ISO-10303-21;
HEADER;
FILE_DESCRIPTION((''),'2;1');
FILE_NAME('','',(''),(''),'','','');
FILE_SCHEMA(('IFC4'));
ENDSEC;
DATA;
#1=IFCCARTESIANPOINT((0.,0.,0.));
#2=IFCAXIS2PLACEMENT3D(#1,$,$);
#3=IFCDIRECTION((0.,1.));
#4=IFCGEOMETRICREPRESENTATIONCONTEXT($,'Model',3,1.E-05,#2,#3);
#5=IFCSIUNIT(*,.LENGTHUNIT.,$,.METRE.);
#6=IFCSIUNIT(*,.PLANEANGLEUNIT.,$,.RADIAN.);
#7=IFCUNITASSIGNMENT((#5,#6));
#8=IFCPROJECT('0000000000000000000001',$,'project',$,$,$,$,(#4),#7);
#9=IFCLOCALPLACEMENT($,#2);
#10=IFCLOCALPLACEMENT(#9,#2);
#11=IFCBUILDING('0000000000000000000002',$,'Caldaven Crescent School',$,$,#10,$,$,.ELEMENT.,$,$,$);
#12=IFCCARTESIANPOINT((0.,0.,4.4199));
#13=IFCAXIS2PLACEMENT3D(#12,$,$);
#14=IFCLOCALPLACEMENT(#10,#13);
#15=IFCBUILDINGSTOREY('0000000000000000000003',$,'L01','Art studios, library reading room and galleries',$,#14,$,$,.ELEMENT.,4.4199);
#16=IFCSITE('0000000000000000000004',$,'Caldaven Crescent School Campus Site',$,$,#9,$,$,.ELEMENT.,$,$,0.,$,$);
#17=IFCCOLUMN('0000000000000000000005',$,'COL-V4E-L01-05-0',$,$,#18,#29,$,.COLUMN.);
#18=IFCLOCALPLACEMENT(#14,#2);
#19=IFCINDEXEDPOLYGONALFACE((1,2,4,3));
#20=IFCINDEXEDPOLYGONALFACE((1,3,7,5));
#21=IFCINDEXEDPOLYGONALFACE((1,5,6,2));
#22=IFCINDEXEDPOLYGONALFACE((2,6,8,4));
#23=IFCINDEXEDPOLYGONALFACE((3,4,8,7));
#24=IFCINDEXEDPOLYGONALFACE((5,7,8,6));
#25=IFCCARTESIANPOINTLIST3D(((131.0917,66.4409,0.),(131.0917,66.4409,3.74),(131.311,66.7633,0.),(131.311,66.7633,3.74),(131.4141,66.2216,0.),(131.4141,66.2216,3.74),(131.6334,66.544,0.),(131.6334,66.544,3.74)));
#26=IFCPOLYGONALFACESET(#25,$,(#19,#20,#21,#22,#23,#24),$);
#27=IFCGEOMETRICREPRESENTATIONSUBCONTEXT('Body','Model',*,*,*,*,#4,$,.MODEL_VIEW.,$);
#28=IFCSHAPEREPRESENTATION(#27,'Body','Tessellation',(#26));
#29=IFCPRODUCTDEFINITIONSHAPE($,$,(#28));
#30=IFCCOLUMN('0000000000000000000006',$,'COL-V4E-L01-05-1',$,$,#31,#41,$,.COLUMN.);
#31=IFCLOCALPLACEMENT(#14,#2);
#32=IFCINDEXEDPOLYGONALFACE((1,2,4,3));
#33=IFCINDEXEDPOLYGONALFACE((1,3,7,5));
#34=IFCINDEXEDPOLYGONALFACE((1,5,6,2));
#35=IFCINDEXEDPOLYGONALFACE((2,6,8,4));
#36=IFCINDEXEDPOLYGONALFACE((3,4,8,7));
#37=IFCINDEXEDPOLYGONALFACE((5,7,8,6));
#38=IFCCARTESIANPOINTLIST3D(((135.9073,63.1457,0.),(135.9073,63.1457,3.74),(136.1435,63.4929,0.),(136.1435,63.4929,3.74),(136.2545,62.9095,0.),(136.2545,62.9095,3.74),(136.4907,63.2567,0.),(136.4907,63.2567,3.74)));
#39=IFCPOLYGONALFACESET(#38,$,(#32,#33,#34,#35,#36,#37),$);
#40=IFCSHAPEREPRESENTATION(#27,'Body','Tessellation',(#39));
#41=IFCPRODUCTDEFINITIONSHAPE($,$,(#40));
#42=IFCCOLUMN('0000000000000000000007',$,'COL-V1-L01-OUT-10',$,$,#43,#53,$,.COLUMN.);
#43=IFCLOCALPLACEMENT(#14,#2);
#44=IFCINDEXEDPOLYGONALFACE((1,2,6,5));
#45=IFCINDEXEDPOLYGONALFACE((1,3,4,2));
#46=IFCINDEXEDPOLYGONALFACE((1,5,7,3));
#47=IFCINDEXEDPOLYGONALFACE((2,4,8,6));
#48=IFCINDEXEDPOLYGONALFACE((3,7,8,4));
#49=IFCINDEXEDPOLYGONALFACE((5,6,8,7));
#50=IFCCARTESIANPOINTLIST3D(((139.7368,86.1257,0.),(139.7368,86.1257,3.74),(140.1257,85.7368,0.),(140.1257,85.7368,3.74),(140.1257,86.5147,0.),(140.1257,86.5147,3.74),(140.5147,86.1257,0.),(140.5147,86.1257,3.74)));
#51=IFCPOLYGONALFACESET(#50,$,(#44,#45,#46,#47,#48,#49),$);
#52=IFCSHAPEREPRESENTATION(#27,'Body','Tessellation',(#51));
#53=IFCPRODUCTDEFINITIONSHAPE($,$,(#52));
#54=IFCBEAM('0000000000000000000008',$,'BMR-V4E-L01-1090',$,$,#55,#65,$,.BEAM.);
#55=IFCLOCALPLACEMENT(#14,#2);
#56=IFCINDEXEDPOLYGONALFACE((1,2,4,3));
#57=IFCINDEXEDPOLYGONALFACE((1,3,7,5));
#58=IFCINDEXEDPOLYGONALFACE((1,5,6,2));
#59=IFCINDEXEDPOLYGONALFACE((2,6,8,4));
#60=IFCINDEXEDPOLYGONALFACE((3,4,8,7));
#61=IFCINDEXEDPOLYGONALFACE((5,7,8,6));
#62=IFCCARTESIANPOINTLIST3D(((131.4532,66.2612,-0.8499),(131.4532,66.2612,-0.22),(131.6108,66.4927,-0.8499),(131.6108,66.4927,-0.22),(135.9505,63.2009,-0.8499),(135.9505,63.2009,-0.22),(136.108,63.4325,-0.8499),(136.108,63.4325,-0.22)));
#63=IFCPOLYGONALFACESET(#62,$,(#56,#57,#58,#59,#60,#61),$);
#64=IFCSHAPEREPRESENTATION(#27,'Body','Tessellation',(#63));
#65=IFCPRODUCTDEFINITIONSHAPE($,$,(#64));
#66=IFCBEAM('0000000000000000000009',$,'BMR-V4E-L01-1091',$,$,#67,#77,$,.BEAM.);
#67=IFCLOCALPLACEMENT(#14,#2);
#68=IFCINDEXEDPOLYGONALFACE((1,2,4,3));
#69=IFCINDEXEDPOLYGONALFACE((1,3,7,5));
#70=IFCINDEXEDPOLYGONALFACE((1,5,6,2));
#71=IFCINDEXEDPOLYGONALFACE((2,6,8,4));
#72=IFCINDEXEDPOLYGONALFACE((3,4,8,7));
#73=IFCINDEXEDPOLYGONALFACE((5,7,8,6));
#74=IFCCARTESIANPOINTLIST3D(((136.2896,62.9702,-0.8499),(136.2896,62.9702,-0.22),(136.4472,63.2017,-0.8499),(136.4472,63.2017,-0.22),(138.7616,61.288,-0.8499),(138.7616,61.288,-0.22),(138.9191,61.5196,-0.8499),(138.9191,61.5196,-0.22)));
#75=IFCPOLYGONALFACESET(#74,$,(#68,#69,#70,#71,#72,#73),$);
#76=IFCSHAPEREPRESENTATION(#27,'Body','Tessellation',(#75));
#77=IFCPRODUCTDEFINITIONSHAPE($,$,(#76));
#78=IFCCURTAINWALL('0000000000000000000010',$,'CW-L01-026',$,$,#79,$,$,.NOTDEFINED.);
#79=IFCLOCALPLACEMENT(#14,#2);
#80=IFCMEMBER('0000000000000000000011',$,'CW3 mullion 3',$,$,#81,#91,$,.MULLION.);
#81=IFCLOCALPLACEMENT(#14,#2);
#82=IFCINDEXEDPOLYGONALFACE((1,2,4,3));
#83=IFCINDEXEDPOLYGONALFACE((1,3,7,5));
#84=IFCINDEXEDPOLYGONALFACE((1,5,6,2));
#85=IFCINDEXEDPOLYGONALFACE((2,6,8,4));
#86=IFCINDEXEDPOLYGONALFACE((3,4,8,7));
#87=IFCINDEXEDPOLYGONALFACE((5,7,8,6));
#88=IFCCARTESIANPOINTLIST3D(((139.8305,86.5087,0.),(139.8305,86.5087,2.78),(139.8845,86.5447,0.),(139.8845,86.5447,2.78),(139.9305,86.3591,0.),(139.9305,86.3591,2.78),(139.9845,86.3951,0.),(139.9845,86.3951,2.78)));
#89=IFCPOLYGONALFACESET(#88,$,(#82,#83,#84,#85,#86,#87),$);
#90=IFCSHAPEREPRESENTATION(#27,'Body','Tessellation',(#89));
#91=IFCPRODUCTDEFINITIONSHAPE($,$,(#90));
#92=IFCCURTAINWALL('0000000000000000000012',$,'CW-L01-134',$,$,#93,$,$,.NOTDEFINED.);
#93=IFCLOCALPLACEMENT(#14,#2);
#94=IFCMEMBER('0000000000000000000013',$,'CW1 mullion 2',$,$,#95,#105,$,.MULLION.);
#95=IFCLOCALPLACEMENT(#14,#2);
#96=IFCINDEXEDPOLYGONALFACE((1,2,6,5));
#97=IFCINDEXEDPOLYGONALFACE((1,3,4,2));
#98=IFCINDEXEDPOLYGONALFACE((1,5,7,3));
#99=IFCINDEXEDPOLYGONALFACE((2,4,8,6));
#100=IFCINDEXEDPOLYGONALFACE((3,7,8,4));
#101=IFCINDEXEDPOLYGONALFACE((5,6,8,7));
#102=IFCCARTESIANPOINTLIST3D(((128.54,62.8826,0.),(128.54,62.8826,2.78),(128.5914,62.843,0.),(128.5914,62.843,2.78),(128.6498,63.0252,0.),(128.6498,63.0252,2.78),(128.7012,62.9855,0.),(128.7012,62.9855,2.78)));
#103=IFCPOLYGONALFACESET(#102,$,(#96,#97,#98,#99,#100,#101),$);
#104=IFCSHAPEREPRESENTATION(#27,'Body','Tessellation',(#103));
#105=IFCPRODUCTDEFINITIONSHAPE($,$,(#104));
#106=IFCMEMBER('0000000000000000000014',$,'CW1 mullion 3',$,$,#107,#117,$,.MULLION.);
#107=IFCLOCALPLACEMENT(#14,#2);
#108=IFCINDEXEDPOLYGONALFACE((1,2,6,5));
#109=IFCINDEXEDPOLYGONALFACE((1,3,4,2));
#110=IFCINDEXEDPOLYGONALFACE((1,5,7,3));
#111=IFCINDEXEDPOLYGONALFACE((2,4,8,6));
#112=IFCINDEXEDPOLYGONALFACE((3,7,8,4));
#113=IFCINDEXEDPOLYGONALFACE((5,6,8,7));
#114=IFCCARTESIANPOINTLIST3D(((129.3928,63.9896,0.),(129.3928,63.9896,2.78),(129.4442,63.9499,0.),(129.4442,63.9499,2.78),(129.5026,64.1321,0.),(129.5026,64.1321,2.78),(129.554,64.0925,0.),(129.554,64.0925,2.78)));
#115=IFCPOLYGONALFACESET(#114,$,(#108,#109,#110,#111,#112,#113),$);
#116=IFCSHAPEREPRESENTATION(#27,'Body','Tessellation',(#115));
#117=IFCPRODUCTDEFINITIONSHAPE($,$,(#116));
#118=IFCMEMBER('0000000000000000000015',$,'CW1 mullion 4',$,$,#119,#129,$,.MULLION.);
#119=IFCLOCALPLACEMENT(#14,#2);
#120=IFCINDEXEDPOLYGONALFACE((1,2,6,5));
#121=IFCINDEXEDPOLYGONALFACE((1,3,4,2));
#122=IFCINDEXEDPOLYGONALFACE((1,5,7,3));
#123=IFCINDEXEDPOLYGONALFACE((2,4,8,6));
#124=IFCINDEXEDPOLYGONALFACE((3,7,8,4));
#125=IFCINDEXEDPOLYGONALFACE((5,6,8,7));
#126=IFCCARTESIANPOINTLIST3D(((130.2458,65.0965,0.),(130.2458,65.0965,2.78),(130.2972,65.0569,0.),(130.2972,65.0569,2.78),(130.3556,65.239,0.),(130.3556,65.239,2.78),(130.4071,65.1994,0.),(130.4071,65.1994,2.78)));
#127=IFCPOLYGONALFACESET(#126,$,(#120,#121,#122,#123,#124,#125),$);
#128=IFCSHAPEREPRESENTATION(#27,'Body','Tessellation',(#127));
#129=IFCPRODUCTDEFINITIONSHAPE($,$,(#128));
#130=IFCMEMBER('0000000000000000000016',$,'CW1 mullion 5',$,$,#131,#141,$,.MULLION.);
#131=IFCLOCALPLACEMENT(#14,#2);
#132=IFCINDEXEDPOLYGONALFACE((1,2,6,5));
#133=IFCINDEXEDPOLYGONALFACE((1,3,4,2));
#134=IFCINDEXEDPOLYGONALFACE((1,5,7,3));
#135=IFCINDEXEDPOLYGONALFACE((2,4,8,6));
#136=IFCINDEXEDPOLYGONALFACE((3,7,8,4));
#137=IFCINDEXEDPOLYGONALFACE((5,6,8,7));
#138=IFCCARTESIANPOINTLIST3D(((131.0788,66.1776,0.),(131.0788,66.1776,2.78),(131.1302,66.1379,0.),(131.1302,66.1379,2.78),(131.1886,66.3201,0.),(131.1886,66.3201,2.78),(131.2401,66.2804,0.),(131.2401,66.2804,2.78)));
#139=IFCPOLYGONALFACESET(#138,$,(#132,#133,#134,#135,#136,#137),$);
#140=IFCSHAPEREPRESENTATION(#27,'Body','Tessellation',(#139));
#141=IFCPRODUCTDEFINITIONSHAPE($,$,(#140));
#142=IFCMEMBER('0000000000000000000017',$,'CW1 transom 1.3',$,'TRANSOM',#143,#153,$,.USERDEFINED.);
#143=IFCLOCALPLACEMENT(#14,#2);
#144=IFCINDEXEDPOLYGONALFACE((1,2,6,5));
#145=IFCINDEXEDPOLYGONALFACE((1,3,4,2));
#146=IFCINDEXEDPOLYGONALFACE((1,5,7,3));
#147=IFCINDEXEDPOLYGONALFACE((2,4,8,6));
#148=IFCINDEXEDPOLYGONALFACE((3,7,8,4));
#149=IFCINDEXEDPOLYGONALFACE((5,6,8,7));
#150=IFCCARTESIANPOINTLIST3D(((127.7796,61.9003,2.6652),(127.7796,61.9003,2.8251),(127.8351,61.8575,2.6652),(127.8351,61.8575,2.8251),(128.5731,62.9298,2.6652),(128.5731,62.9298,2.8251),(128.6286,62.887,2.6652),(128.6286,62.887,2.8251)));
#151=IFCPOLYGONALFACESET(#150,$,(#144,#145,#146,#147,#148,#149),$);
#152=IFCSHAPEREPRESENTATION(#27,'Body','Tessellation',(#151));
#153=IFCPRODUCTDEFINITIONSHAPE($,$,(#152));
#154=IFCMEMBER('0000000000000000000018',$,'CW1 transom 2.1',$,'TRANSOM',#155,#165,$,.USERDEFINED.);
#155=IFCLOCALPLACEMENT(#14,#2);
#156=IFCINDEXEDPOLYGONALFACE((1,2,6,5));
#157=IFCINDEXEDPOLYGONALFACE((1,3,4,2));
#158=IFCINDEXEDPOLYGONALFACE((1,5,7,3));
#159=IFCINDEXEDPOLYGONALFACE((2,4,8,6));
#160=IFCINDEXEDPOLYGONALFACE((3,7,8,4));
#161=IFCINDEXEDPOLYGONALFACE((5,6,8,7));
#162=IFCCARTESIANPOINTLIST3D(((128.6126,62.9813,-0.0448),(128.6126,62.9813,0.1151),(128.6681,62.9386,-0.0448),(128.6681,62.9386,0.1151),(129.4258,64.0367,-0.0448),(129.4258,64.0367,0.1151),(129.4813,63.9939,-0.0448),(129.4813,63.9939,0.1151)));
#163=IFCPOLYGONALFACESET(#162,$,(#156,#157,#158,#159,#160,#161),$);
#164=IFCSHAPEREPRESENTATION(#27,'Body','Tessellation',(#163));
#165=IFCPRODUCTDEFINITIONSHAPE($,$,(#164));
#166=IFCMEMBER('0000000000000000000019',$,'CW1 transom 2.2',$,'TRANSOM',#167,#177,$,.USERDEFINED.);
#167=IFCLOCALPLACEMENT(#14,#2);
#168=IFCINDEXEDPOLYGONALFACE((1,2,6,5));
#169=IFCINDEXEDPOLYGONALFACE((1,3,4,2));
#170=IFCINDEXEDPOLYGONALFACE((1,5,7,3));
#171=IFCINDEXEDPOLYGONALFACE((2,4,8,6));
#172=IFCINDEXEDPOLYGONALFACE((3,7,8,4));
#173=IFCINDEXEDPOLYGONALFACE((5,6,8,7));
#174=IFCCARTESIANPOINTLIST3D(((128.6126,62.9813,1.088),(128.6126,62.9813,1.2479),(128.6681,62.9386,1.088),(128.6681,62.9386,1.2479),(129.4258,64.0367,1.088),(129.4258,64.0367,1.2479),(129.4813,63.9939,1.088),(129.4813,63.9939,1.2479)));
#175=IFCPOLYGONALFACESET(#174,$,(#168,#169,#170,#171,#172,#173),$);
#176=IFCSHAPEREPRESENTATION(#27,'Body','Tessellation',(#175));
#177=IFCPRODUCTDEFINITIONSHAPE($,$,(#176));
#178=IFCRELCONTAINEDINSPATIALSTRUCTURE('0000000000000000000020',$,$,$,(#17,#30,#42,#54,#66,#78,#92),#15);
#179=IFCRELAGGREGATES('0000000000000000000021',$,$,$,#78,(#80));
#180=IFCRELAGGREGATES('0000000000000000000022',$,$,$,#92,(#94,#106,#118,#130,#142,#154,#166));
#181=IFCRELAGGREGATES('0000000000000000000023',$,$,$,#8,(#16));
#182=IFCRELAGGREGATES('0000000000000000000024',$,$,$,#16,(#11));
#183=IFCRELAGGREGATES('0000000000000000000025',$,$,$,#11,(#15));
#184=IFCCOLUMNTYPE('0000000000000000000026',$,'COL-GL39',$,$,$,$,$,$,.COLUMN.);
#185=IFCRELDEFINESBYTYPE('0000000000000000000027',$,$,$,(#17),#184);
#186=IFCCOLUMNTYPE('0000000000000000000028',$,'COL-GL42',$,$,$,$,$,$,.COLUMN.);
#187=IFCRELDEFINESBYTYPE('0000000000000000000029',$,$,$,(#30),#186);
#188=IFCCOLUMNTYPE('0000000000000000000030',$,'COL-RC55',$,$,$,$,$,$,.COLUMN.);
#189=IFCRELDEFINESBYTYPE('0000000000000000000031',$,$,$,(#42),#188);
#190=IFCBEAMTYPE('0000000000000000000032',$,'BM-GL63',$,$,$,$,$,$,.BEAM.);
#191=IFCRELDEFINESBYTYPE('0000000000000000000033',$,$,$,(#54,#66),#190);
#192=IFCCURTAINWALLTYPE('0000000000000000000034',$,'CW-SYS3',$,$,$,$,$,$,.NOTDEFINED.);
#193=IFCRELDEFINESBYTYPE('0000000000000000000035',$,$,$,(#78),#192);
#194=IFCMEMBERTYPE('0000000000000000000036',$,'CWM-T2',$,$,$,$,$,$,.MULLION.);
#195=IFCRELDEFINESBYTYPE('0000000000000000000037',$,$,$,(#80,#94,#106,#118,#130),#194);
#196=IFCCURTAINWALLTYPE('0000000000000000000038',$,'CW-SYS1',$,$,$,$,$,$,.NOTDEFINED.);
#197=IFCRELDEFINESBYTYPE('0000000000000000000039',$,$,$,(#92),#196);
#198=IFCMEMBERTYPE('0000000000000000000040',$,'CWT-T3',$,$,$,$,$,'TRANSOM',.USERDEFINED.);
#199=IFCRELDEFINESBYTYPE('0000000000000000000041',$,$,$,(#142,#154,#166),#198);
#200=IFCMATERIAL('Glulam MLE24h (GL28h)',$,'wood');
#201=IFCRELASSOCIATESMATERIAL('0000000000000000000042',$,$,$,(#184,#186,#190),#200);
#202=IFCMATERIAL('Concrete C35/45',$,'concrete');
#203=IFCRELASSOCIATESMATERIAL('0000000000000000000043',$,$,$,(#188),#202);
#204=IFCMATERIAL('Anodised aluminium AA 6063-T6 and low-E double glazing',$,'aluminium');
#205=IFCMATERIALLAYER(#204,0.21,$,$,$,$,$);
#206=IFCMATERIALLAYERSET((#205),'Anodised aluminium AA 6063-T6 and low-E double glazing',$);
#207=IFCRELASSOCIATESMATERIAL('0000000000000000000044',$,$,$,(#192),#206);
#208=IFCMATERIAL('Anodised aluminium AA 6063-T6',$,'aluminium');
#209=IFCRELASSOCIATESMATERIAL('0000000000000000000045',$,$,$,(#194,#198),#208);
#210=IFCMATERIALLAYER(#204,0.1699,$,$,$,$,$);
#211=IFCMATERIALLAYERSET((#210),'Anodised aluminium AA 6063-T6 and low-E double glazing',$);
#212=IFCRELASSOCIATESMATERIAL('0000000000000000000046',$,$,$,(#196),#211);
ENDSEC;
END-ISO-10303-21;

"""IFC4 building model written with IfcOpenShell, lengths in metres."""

from ifc_helpers import new_model, si_unit, direction, frame, origin, origin_2d, place, context, subcontext, project, spatial, rectangle, extrude, material, layer, layer_set, material_profile, profile_set, type_object, element, aggregate, save


model = new_model("IFC4")

# Units and contexts
model_context = context("Model", 3, precision=1e-05, world=origin(), true_north=direction((0.0, 1.0)))
body_context = subcontext(model_context, "Body", "Model", "MODEL_VIEW")
ifc_project = project(units=[si_unit("LENGTHUNIT", "METRE"), si_unit("PLANEANGLEUNIT", "RADIAN")], contexts=[model_context])

# Site, building, storey
site_placement = place(None, origin())
site = spatial("IfcSite", under=ifc_project, at=site_placement, Name="Caldaven Crescent School Campus Site", CompositionType="ELEMENT", RefElevation=0.0)
building_placement = place(site_placement, origin())
building = spatial("IfcBuilding", under=site, at=building_placement, Name="Caldaven Crescent School", CompositionType="ELEMENT")
storey_placement = place(building_placement, frame((0.0, 0.0, 4.4199)))
storey = spatial("IfcBuildingStorey", under=building, at=storey_placement, Name="L01", Description="Art studios, library reading room and galleries", CompositionType="ELEMENT", Elevation=4.4199)

# Columns
ifc_material_1 = material(Name="Glulam MLE24h (GL28h)", Category="wood")
ifc_material_profile_1 = material_profile(ifc_material_1, rectangle(XDim=0.3899, YDim=0.3899, at=origin_2d()), Name="MLE 390x390")
ifc_profile_set_1 = profile_set([ifc_material_profile_1], Name="Glulam MLE24h (GL28h)")
column_type_1 = type_object("IfcColumnType", Name="COL-GL39", PredefinedType="COLUMN", material=ifc_profile_set_1)
column_1_placement = place(storey_placement, frame((131.3625, 66.4924, 0.0), z_axis=(0.0, 0.0, 1.0), x_axis=(0.826786, -0.562516, 0.0)))
element("IfcColumn", 1, at=column_1_placement, inside=storey, type_object=column_type_1, Name="COL-V4E-L01-05-0", PredefinedType="COLUMN", context=body_context, shape_type="SweptSolid", body=[
    extrude(rectangle(XDim=0.3899, YDim=0.3899, at=origin_2d()), origin(), (0.0, 0.0, 1.0), 3.74),
])
ifc_material_profile_2 = material_profile(ifc_material_1, rectangle(XDim=0.4199, YDim=0.4199, at=origin_2d()), Name="MLE 420x420")
ifc_profile_set_2 = profile_set([ifc_material_profile_2], Name="Glulam MLE24h (GL28h)")
column_type_2 = type_object("IfcColumnType", Name="COL-GL42", PredefinedType="COLUMN", material=ifc_profile_set_2)
column_2_placement = place(storey_placement, frame((136.199, 63.2012, 0.0), z_axis=(0.0, 0.0, 1.0), x_axis=(0.826786, -0.562516, 0.0)))
element("IfcColumn", 2, at=column_2_placement, inside=storey, type_object=column_type_2, Name="COL-V4E-L01-05-1", PredefinedType="COLUMN", context=body_context, shape_type="SweptSolid", body=[
    extrude(rectangle(XDim=0.4199, YDim=0.4199, at=origin_2d()), origin(), (0.0, 0.0, 1.0), 3.74),
])
ifc_material_2 = material(Name="Concrete C35/45", Category="concrete")
ifc_material_profile_3 = material_profile(ifc_material_2, rectangle(XDim=0.55, YDim=0.55, at=origin_2d()), Name="RC 550x550")
ifc_profile_set_3 = profile_set([ifc_material_profile_3], Name="Concrete C35/45")
column_type_3 = type_object("IfcColumnType", Name="COL-RC55", PredefinedType="COLUMN", material=ifc_profile_set_3)
column_3_placement = place(storey_placement, frame((140.1257, 86.1257, 0.0), z_axis=(0.0, 0.0, 1.0), x_axis=(-0.707107, -0.707107, 0.0)))
element("IfcColumn", 3, at=column_3_placement, inside=storey, type_object=column_type_3, Name="COL-V1-L01-OUT-10", PredefinedType="COLUMN", context=body_context, shape_type="SweptSolid", body=[
    extrude(rectangle(XDim=0.55, YDim=0.55, at=origin_2d()), origin(), (0.0, 0.0, 1.0), 3.74),
])

# Beams
ifc_material_profile_4 = material_profile(ifc_material_1, rectangle(XDim=0.28, YDim=0.6299, at=origin_2d()), Name="MLE 280x630")
ifc_profile_set_4 = profile_set([ifc_material_profile_4], Name="Glulam MLE24h (GL28h)")
beam_type_1 = type_object("IfcBeamType", Name="BM-GL63", PredefinedType="BEAM", material=ifc_profile_set_4)
beam_1_placement = place(storey_placement, frame((131.532, 66.377, -0.5349), z_axis=(0.826744, -0.562578, 0.0), x_axis=(0.562578, 0.826744, 0.0)))
element("IfcBeam", 4, at=beam_1_placement, inside=storey, type_object=beam_type_1, Name="BMR-V4E-L01-1090", PredefinedType="BEAM", context=body_context, shape_type="SweptSolid", body=[
    extrude(rectangle(XDim=0.28, YDim=0.6299, at=origin_2d()), origin(), (0.0, 0.0, 1.0), 5.4397),
])
beam_2_placement = place(storey_placement, frame((136.3684, 63.0859, -0.5349), z_axis=(0.826737, -0.562589, 0.0), x_axis=(0.562589, 0.826737, 0.0)))
element("IfcBeam", 5, at=beam_2_placement, inside=storey, type_object=beam_type_1, Name="BMR-V4E-L01-1091", PredefinedType="BEAM", context=body_context, shape_type="SweptSolid", body=[
    extrude(rectangle(XDim=0.28, YDim=0.6299, at=origin_2d()), origin(), (0.0, 0.0, 1.0), 2.99),
])

# Curtain wall, member
ifc_material_3 = material(Name="Anodised aluminium AA 6063-T6 and low-E double glazing", Category="aluminium")
ifc_layer_1 = layer(ifc_material_3, 0.21)
ifc_layer_set_1 = layer_set([ifc_layer_1], Name="Anodised aluminium AA 6063-T6 and low-E double glazing")
curtain_wall_type_1 = type_object("IfcCurtainWallType", Name="CW-SYS3", PredefinedType="NOTDEFINED", material=ifc_layer_set_1)
curtain_wall_1_placement = place(storey_placement, origin())
curtain_wall_1 = element("IfcCurtainWall", 6, at=curtain_wall_1_placement, inside=storey, type_object=curtain_wall_type_1, Name="CW-L01-026", PredefinedType="NOTDEFINED")
ifc_material_4 = material(Name="Anodised aluminium AA 6063-T6", Category="aluminium")
ifc_material_profile_5 = material_profile(ifc_material_4, rectangle(XDim=0.0649, YDim=0.1799, at=origin_2d()), Name="CWM 65x180")
ifc_profile_set_5 = profile_set([ifc_material_profile_5], Name="Anodised aluminium AA 6063-T6")
member_type_1 = type_object("IfcMemberType", Name="CWM-T2", PredefinedType="MULLION", material=ifc_profile_set_5)
member_1_placement = place(storey_placement, frame((139.9075, 86.4519, 0.0), z_axis=(0.0, 0.0, 1.0), x_axis=(0.831469, 0.555572, 0.0)))
member_1 = element("IfcMember", 7, at=member_1_placement, type_object=member_type_1, Name="CW3 mullion 3", PredefinedType="MULLION", context=body_context, shape_type="SweptSolid", body=[
    extrude(rectangle(XDim=0.0649, YDim=0.1799, at=origin_2d()), origin(), (0.0, 0.0, 1.0), 2.78),
])

# Curtain wall, members
ifc_layer_2 = layer(ifc_material_3, 0.1699)
ifc_layer_set_2 = layer_set([ifc_layer_2], Name="Anodised aluminium AA 6063-T6 and low-E double glazing")
curtain_wall_type_2 = type_object("IfcCurtainWallType", Name="CW-SYS1", PredefinedType="NOTDEFINED", material=ifc_layer_set_2)
curtain_wall_2_placement = place(storey_placement, origin())
curtain_wall_2 = element("IfcCurtainWall", 8, at=curtain_wall_2_placement, inside=storey, type_object=curtain_wall_type_2, Name="CW-L01-134", PredefinedType="NOTDEFINED")
member_2_placement = place(storey_placement, frame((128.6206, 62.9341, 0.0), z_axis=(0.0, 0.0, 1.0), x_axis=(-0.792103, 0.610387, 0.0)))
member_2 = element("IfcMember", 9, at=member_2_placement, type_object=member_type_1, Name="CW1 mullion 2", PredefinedType="MULLION", context=body_context, shape_type="SweptSolid", body=[
    extrude(rectangle(XDim=0.0649, YDim=0.1799, at=origin_2d()), origin(), (0.0, 0.0, 1.0), 2.78),
])
member_3_placement = place(storey_placement, frame((129.4734, 64.041, 0.0), z_axis=(0.0, 0.0, 1.0), x_axis=(-0.792103, 0.610387, 0.0)))
member_3 = element("IfcMember", 10, at=member_3_placement, type_object=member_type_1, Name="CW1 mullion 3", PredefinedType="MULLION", context=body_context, shape_type="SweptSolid", body=[
    extrude(rectangle(XDim=0.0649, YDim=0.1799, at=origin_2d()), origin(), (0.0, 0.0, 1.0), 2.78),
])
member_4_placement = place(storey_placement, frame((130.3264, 65.1479, 0.0), z_axis=(0.0, 0.0, 1.0), x_axis=(-0.792103, 0.610387, 0.0)))
member_4 = element("IfcMember", 11, at=member_4_placement, type_object=member_type_1, Name="CW1 mullion 4", PredefinedType="MULLION", context=body_context, shape_type="SweptSolid", body=[
    extrude(rectangle(XDim=0.0649, YDim=0.1799, at=origin_2d()), origin(), (0.0, 0.0, 1.0), 2.78),
])
member_5_placement = place(storey_placement, frame((131.1594, 66.229, 0.0), z_axis=(0.0, 0.0, 1.0), x_axis=(-0.792103, 0.610387, 0.0)))
member_5 = element("IfcMember", 12, at=member_5_placement, type_object=member_type_1, Name="CW1 mullion 5", PredefinedType="MULLION", context=body_context, shape_type="SweptSolid", body=[
    extrude(rectangle(XDim=0.0649, YDim=0.1799, at=origin_2d()), origin(), (0.0, 0.0, 1.0), 2.78),
])
ifc_material_profile_6 = material_profile(ifc_material_4, rectangle(XDim=0.0701, YDim=0.1599, at=origin_2d()), Name="CWT 70x160")
ifc_profile_set_6 = profile_set([ifc_material_profile_6], Name="Anodised aluminium AA 6063-T6")
member_type_2 = type_object("IfcMemberType", Name="CWT-T3", ElementType="TRANSOM", PredefinedType="USERDEFINED", material=ifc_profile_set_6)
member_6_placement = place(storey_placement, frame((127.8074, 61.8789, 2.7451), z_axis=(0.610437, 0.792065, 0.0), x_axis=(-0.792065, 0.610437, 0.0)))
member_6 = element("IfcMember", 13, at=member_6_placement, type_object=member_type_2, Name="CW1 transom 1.3", ObjectType="TRANSOM", PredefinedType="USERDEFINED", context=body_context, shape_type="SweptSolid", body=[
    extrude(rectangle(XDim=0.0701, YDim=0.1599, at=origin_2d()), origin(), (0.0, 0.0, 1.0), 1.2998),
])
member_7_placement = place(storey_placement, frame((128.6404, 62.96, 0.0352), z_axis=(0.610357, 0.792126, 0.0), x_axis=(-0.792126, 0.610357, 0.0)))
member_7 = element("IfcMember", 14, at=member_7_placement, type_object=member_type_2, Name="CW1 transom 2.1", ObjectType="TRANSOM", PredefinedType="USERDEFINED", context=body_context, shape_type="SweptSolid", body=[
    extrude(rectangle(XDim=0.0701, YDim=0.1599, at=origin_2d()), origin(), (0.0, 0.0, 1.0), 1.3323),
])
member_8_placement = place(storey_placement, frame((128.6404, 62.96, 1.168), z_axis=(0.610357, 0.792126, 0.0), x_axis=(-0.792126, 0.610357, 0.0)))
member_8 = element("IfcMember", 15, at=member_8_placement, type_object=member_type_2, Name="CW1 transom 2.2", ObjectType="TRANSOM", PredefinedType="USERDEFINED", context=body_context, shape_type="SweptSolid", body=[
    extrude(rectangle(XDim=0.0701, YDim=0.1599, at=origin_2d()), origin(), (0.0, 0.0, 1.0), 1.3323),
])

aggregate(curtain_wall_1, [member_1])
aggregate(curtain_wall_2, [member_2, member_3, member_4, member_5, member_6, member_7, member_8])

save(model, "model.ifc")
